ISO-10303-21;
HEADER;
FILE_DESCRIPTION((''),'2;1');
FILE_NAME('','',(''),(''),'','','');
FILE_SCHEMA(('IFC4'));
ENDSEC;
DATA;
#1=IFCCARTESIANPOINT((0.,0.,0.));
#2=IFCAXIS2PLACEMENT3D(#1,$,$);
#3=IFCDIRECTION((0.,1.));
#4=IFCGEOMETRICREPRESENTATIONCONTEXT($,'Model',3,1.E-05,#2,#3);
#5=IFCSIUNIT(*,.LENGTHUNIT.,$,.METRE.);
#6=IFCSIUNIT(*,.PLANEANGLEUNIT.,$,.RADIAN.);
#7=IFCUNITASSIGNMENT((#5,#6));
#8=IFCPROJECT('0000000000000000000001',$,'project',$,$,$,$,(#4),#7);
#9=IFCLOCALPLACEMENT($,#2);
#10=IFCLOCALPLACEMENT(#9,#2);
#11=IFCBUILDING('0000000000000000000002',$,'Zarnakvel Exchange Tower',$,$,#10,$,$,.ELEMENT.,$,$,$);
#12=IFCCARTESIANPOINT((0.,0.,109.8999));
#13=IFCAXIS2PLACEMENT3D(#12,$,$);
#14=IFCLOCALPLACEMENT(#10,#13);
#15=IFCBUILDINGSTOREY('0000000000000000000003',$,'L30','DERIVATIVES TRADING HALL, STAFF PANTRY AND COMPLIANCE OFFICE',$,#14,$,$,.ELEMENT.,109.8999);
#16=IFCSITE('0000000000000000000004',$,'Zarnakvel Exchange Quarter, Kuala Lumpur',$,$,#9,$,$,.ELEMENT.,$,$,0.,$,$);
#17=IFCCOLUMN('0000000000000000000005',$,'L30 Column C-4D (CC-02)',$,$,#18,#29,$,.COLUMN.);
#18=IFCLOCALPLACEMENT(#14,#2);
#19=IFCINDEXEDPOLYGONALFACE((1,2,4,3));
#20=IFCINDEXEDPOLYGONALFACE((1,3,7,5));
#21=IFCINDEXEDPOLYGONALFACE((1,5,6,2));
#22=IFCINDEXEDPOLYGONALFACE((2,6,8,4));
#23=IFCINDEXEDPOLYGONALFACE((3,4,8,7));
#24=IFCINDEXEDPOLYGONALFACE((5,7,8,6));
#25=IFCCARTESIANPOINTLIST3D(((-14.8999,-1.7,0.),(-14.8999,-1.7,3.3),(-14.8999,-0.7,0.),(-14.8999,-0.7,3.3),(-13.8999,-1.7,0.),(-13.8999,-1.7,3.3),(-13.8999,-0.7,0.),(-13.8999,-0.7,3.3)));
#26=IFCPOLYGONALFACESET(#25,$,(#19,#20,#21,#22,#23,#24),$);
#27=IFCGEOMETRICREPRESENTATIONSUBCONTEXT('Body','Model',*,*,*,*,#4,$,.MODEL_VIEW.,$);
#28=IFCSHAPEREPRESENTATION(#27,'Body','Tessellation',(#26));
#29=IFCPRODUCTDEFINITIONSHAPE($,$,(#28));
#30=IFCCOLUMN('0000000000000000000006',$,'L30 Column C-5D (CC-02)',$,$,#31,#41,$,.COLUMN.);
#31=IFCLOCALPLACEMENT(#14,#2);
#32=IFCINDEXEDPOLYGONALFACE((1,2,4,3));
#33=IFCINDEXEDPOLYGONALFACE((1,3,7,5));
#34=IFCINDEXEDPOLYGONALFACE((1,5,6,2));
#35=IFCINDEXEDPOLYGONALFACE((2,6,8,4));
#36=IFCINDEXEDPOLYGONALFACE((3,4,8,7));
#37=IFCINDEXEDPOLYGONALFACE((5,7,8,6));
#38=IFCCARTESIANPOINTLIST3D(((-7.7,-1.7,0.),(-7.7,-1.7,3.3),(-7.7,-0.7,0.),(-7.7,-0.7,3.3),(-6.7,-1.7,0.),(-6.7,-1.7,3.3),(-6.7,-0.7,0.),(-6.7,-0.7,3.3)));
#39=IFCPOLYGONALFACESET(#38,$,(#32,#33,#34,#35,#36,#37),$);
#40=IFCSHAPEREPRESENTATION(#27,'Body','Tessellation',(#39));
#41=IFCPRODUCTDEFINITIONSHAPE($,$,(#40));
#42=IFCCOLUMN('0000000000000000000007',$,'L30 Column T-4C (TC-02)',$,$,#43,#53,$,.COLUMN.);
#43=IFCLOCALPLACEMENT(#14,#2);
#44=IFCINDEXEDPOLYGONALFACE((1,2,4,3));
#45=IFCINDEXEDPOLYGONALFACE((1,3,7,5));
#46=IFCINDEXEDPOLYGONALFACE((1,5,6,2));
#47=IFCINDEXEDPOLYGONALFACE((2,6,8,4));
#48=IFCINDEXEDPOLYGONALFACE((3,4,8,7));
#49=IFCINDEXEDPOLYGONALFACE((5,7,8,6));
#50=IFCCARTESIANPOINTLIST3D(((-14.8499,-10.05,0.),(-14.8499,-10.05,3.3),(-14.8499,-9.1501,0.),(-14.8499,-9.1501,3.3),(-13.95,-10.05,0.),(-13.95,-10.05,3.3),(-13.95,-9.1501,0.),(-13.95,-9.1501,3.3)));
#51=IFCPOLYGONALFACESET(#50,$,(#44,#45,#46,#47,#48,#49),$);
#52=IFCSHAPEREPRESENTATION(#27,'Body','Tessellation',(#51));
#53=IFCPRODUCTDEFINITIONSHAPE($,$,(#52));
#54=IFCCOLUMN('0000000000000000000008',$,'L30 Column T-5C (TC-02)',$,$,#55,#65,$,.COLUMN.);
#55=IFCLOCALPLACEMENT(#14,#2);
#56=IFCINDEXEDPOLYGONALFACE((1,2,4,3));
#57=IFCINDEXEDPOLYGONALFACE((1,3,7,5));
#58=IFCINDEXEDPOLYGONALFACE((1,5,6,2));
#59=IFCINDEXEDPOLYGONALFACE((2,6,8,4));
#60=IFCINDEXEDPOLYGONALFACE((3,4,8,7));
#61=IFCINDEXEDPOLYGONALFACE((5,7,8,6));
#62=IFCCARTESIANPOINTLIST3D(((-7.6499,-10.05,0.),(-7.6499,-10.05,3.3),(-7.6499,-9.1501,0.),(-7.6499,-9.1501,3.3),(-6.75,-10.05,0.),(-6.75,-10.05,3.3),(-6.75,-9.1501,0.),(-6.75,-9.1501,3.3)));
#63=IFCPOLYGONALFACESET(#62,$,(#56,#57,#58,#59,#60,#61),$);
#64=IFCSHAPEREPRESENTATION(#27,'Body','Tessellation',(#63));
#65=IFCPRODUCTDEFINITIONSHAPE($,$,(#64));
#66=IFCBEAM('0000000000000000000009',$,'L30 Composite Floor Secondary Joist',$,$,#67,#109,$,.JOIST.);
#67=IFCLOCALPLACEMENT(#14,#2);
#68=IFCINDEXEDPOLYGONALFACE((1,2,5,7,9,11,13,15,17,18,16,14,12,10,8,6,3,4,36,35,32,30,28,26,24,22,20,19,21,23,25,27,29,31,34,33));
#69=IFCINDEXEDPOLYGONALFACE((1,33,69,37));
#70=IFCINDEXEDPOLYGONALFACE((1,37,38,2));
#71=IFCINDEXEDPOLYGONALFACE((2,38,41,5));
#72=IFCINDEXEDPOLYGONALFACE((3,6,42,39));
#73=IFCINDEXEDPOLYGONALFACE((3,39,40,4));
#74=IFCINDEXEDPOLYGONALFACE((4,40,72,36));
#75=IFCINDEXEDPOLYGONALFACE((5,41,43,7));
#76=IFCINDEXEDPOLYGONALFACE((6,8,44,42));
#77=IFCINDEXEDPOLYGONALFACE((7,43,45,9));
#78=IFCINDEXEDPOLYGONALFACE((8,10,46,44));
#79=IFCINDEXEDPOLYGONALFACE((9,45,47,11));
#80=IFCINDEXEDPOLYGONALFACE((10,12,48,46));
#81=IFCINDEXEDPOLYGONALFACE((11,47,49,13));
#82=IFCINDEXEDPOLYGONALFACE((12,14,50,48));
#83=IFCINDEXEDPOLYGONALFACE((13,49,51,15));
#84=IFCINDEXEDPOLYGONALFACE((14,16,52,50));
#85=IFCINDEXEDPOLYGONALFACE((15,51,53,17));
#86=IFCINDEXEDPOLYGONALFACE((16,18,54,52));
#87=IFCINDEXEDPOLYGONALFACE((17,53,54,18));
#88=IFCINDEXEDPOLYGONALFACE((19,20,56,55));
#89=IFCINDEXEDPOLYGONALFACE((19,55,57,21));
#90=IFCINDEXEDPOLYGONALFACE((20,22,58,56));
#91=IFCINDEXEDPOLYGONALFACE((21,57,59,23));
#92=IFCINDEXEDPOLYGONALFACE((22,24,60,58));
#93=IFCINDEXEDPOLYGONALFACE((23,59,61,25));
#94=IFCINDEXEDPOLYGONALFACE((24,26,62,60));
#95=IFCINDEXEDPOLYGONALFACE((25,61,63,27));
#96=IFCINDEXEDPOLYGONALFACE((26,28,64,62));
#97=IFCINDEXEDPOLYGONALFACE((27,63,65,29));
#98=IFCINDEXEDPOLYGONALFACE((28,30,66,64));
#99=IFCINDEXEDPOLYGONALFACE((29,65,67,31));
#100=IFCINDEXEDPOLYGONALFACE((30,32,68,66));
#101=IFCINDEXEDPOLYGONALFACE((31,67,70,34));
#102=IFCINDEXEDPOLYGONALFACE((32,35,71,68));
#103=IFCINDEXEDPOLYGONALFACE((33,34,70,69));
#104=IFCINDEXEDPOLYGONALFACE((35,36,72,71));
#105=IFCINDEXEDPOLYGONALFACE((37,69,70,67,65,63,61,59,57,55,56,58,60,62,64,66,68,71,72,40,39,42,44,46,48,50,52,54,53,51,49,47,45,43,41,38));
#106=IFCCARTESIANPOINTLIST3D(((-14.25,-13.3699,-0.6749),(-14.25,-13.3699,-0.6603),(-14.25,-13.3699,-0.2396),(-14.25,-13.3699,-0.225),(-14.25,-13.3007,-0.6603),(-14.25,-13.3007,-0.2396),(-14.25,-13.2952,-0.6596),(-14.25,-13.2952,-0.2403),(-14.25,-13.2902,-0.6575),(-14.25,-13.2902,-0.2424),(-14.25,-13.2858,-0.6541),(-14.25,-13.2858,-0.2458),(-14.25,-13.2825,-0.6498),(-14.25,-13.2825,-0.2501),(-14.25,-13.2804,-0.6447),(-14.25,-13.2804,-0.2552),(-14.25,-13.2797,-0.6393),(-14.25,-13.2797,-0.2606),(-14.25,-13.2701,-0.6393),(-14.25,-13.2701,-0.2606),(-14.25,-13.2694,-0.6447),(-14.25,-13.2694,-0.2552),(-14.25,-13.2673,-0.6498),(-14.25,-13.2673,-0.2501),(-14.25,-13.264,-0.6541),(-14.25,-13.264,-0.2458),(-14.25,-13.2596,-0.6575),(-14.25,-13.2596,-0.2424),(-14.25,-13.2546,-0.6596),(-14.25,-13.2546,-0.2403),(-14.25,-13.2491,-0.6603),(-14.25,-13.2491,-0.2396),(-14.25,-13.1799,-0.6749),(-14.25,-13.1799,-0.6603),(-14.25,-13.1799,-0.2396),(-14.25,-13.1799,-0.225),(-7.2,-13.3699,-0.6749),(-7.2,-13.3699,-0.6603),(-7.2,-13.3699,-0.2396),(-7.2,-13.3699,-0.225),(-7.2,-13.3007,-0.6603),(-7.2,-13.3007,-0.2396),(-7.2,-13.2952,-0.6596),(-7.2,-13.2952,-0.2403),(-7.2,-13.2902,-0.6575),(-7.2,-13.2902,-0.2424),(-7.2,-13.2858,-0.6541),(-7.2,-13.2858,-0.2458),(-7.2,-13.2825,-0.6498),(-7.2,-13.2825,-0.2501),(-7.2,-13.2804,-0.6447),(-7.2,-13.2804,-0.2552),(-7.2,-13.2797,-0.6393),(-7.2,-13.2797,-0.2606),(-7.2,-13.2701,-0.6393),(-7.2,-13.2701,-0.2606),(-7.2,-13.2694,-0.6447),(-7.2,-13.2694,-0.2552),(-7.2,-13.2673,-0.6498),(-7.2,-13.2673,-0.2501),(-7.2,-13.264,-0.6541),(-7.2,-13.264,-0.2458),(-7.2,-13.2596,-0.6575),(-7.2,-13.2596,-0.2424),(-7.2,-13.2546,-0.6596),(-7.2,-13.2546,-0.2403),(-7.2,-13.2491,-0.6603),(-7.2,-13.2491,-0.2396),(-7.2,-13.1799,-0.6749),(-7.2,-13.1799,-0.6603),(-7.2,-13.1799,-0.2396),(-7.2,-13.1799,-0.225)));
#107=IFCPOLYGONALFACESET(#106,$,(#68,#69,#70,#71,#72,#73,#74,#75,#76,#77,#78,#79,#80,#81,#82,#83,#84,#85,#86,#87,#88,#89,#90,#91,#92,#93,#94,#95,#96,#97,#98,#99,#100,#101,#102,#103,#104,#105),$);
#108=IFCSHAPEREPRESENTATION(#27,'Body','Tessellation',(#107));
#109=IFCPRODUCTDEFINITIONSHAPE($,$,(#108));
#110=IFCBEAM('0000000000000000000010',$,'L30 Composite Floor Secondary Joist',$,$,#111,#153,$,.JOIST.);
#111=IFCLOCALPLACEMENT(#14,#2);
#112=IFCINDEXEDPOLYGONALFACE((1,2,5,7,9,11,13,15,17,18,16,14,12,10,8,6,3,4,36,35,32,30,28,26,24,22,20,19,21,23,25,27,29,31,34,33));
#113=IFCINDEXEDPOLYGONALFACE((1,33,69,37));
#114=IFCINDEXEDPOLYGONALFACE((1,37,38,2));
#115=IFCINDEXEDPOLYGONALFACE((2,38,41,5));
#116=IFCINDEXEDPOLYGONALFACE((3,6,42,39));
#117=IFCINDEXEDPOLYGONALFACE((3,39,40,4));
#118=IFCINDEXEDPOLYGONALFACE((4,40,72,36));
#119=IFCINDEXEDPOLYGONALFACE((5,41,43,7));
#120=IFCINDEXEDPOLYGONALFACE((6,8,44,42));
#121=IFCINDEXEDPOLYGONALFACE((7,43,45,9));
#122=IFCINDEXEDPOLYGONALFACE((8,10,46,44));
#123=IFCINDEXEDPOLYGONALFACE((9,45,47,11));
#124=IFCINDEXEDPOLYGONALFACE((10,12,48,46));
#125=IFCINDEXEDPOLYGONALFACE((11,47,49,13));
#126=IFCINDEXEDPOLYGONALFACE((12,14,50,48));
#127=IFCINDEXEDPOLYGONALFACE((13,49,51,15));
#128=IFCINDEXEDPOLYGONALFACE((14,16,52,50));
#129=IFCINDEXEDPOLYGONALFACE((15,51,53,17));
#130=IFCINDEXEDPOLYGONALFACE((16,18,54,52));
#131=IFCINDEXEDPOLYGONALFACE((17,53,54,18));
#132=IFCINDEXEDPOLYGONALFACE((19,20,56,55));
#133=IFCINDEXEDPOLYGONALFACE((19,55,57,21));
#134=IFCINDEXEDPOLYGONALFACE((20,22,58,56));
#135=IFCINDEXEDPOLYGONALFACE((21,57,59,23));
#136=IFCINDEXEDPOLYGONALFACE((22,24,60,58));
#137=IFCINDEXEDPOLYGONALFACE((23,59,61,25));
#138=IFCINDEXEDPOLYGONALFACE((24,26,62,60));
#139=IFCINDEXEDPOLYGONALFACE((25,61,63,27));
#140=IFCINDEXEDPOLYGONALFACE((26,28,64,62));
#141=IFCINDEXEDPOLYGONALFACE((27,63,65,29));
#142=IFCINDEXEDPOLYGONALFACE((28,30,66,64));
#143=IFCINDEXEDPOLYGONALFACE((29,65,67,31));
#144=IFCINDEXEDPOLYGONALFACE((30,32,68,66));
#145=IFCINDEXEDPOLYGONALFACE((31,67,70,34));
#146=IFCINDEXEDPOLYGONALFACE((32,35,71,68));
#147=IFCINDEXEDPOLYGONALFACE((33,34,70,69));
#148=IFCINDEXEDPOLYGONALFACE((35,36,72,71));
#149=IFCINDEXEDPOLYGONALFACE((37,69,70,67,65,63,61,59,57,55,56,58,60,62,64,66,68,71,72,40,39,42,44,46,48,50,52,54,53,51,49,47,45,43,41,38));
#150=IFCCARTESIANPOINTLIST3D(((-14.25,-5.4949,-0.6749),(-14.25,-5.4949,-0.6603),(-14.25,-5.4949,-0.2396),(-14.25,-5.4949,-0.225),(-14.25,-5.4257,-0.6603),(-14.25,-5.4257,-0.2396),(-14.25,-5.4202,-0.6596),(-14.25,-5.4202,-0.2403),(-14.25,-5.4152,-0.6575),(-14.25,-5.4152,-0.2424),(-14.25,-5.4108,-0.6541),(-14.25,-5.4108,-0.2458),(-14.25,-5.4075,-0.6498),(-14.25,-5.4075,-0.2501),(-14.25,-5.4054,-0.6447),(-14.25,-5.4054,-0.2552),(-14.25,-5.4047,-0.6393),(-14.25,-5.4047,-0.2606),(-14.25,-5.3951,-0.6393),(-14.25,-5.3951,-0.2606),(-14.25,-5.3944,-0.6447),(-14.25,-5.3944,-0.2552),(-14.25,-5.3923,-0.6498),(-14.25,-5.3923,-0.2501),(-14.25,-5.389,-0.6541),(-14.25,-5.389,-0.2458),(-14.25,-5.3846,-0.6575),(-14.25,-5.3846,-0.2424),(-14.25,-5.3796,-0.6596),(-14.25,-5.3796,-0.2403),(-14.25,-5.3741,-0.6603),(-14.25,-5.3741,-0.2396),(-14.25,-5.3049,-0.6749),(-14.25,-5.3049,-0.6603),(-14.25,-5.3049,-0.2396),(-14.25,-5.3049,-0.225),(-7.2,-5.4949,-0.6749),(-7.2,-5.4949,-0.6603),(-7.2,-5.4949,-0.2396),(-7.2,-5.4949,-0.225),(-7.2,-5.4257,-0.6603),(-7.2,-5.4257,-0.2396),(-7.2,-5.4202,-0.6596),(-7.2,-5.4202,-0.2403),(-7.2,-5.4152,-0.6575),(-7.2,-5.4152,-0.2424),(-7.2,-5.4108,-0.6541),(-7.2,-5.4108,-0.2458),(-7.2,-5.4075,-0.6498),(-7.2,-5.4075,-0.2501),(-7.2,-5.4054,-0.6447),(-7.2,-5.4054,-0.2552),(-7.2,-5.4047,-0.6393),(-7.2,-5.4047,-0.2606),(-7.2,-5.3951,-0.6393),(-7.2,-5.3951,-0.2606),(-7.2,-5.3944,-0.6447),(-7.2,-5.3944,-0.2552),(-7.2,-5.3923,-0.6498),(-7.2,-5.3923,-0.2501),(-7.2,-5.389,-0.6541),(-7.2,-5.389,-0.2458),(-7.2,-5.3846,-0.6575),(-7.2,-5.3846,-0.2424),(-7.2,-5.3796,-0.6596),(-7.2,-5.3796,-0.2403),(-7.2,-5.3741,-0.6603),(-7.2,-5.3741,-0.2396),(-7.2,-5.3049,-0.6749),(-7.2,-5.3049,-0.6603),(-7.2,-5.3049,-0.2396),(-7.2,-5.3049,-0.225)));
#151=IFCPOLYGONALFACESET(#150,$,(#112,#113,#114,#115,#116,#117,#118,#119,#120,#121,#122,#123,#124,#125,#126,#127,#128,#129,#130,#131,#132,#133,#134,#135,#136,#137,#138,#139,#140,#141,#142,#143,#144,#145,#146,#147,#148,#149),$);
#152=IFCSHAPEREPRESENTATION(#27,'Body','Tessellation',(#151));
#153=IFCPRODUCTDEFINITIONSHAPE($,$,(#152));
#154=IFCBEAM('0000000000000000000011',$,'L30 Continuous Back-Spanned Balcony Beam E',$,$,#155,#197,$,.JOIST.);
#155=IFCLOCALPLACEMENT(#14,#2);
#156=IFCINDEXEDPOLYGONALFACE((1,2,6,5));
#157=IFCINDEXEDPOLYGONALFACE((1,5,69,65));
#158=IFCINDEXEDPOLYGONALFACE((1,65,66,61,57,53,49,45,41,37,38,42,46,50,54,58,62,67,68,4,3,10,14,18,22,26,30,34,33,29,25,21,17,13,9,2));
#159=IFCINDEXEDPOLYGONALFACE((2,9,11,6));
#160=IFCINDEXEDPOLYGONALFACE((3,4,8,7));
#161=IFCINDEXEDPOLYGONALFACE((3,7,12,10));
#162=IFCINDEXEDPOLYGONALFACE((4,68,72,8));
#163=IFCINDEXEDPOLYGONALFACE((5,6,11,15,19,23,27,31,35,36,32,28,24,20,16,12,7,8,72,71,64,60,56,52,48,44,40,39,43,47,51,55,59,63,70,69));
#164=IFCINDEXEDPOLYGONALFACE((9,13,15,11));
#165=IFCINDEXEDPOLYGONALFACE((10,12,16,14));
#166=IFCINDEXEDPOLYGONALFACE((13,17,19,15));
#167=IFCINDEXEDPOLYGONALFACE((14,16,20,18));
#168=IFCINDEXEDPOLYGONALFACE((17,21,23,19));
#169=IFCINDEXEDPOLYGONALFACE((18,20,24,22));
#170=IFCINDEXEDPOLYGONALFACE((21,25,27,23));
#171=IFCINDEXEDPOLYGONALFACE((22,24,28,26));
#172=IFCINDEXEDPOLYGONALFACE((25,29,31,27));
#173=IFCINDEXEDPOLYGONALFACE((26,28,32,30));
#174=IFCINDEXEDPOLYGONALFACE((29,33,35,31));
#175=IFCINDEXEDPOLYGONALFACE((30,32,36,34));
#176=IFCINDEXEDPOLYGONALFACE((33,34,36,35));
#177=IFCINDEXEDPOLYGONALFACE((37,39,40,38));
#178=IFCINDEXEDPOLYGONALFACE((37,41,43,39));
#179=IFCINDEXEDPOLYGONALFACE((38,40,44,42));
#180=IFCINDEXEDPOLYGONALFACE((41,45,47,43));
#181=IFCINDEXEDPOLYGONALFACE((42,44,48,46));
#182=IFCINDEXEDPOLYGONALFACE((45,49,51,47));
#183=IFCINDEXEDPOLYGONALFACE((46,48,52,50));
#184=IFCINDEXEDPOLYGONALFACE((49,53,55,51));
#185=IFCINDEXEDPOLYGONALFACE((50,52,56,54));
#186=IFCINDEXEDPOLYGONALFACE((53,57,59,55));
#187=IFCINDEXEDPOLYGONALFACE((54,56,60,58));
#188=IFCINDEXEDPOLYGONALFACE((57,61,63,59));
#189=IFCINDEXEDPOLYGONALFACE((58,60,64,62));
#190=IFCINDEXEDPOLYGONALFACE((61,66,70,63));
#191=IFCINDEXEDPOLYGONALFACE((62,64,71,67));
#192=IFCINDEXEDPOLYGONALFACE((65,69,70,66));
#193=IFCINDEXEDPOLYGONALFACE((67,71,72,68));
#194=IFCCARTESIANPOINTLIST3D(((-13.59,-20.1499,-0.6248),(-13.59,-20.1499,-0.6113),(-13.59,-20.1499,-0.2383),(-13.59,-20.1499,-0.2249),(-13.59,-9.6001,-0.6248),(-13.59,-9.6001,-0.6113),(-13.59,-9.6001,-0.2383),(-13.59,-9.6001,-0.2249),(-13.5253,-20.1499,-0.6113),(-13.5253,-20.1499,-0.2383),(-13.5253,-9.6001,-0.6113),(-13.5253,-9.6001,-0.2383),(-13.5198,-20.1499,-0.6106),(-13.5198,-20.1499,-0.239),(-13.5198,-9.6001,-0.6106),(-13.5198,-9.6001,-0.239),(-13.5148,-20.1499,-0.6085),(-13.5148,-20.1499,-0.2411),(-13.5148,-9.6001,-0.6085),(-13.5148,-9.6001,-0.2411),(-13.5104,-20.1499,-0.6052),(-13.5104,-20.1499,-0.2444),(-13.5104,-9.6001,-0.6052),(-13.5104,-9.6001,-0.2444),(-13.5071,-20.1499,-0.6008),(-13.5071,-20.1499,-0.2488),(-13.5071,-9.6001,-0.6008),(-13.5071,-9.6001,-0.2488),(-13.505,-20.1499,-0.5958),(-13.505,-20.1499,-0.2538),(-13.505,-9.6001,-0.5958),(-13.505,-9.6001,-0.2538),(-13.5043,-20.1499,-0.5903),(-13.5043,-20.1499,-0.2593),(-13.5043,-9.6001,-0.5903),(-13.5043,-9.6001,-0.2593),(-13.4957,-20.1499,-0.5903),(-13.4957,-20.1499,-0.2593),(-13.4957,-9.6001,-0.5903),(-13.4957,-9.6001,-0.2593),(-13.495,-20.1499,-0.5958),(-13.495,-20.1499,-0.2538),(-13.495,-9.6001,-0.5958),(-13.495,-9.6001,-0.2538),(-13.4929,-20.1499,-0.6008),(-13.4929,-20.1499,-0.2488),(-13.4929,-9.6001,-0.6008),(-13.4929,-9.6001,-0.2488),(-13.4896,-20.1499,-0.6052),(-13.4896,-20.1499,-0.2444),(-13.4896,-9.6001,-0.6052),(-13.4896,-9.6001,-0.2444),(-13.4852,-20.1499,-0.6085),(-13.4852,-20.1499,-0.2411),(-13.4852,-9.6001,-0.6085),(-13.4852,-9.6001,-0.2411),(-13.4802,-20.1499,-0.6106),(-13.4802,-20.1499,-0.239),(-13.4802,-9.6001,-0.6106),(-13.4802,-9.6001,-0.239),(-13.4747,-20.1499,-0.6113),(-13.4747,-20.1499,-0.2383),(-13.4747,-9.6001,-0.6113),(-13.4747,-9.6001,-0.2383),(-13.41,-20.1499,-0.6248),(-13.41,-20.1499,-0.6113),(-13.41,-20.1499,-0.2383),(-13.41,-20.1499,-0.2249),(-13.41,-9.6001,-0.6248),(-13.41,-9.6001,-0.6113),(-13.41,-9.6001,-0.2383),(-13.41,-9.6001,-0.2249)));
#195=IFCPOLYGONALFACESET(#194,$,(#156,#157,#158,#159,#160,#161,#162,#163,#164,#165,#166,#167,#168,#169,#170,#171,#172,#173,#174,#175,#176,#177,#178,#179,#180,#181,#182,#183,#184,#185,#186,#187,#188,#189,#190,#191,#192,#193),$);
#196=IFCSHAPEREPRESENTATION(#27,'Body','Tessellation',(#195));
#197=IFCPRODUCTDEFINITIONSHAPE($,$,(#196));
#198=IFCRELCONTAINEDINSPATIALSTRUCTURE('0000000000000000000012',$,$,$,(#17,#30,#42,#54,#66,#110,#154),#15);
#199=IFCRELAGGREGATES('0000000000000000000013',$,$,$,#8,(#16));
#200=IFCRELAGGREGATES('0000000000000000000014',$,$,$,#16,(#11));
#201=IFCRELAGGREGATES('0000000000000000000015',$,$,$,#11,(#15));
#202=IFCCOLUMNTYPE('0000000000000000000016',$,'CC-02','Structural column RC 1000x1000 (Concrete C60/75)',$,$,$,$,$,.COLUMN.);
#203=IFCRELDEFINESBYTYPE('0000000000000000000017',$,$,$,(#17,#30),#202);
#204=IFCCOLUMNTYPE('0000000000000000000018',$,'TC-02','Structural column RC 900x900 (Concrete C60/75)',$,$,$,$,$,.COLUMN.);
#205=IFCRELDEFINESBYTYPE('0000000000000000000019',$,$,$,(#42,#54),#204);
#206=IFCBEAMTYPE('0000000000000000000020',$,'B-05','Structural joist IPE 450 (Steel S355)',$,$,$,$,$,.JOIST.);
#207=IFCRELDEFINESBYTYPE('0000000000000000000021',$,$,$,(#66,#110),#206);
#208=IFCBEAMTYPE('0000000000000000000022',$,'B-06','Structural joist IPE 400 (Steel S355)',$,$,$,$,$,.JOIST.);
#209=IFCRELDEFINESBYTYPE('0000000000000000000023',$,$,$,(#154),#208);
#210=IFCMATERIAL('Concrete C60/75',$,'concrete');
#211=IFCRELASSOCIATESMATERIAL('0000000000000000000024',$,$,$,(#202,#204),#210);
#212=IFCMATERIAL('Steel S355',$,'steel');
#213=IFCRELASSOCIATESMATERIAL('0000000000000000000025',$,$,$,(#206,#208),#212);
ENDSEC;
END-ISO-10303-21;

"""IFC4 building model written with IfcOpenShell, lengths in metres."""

from ifc_helpers import new_model, si_unit, direction, frame, origin, origin_2d, place, context, subcontext, project, spatial, rectangle, i_section, extrude, material, material_profile, profile_set, type_object, element, save


model = new_model("IFC4")

# Units and contexts
model_context = context("Model", 3, precision=1e-05, world=origin(), true_north=direction((0.0, 1.0)))
body_context = subcontext(model_context, "Body", "Model", "MODEL_VIEW")
ifc_project = project(units=[si_unit("LENGTHUNIT", "METRE"), si_unit("PLANEANGLEUNIT", "RADIAN")], contexts=[model_context])

# Site, building, storey
site_placement = place(None, origin())
site = spatial("IfcSite", under=ifc_project, at=site_placement, Name="Zarnakvel Exchange Quarter, Kuala Lumpur", CompositionType="ELEMENT", RefElevation=0.0)
building_placement = place(site_placement, origin())
building = spatial("IfcBuilding", under=site, at=building_placement, Name="Zarnakvel Exchange Tower", CompositionType="ELEMENT")
storey_placement = place(building_placement, frame((0.0, 0.0, 109.8999)))
storey = spatial("IfcBuildingStorey", under=building, at=storey_placement, Name="L30", Description="DERIVATIVES TRADING HALL, STAFF PANTRY AND COMPLIANCE OFFICE", CompositionType="ELEMENT", Elevation=109.8999)

# Columns
ifc_material_1 = material(Name="Concrete C60/75", Category="concrete")
ifc_material_profile_1 = material_profile(ifc_material_1, rectangle(XDim=1.0, YDim=1.0, at=origin_2d()))
ifc_profile_set_1 = profile_set([ifc_material_profile_1], Name="Concrete C60/75")
column_type_1 = type_object("IfcColumnType", Name="CC-02", Description="Structural column RC 1000x1000 (Concrete C60/75)", PredefinedType="COLUMN", material=ifc_profile_set_1)
for number, where, z_axis, x_axis, name in (
    (1, (-14.3999, -1.2, 0.0), (0.0, 0.0, 1.0), (1.0, 0.0, 0.0), "L30 Column C-4D (CC-02)"),
    (2, (-7.2, -1.2, 0.0), (0.0, 0.0, 1.0), (1.0, 0.0, 0.0), "L30 Column C-5D (CC-02)"),
):
    element("IfcColumn", number, at=place(storey_placement, frame(where, z_axis=z_axis, x_axis=x_axis)), inside=storey, type_object=column_type_1, Name=name, PredefinedType="COLUMN", context=body_context, shape_type="SweptSolid", body=[
        extrude(rectangle(XDim=1.0, YDim=1.0, at=origin_2d()), origin(), (0.0, 0.0, 1.0), 3.3),
    ])
ifc_material_profile_2 = material_profile(ifc_material_1, rectangle(XDim=0.8999, YDim=0.8999, at=origin_2d()))
ifc_profile_set_2 = profile_set([ifc_material_profile_2], Name="Concrete C60/75")
column_type_2 = type_object("IfcColumnType", Name="TC-02", Description="Structural column RC 900x900 (Concrete C60/75)", PredefinedType="COLUMN", material=ifc_profile_set_2)
for number, where, z_axis, x_axis, name in (
    (3, (-14.3999, -9.6001, 0.0), (0.0, 0.0, 1.0), (1.0, 0.0, 0.0), "L30 Column T-4C (TC-02)"),
    (4, (-7.2, -9.6001, 0.0), (0.0, 0.0, 1.0), (1.0, 0.0, 0.0), "L30 Column T-5C (TC-02)"),
):
    element("IfcColumn", number, at=place(storey_placement, frame(where, z_axis=z_axis, x_axis=x_axis)), inside=storey, type_object=column_type_2, Name=name, PredefinedType="COLUMN", context=body_context, shape_type="SweptSolid", body=[
        extrude(rectangle(XDim=0.8999, YDim=0.8999, at=origin_2d()), origin(), (0.0, 0.0, 1.0), 3.3),
    ])

# Beams
ifc_material_2 = material(Name="Steel S355", Category="steel")
ifc_material_profile_3 = material_profile(ifc_material_2, i_section(OverallWidth=0.1899, OverallDepth=0.45, WebThickness=0.0095, FlangeThickness=0.0146, FilletRadius=0.021, at=origin_2d()))
ifc_profile_set_3 = profile_set([ifc_material_profile_3], Name="Steel S355")
beam_type_1 = type_object("IfcBeamType", Name="B-05", Description="Structural joist IPE 450 (Steel S355)", PredefinedType="JOIST", material=ifc_profile_set_3)
for number, where, z_axis, x_axis, name in (
    (5, (-14.25, -13.2749, -0.45), (1.0, 0.0, 0.0), (0.0, 1.0, 0.0), "L30 Composite Floor Secondary Joist"),
    (6, (-14.25, -5.3999, -0.45), (1.0, 0.0, 0.0), (0.0, 1.0, 0.0), "L30 Composite Floor Secondary Joist"),
):
    element("IfcBeam", number, at=place(storey_placement, frame(where, z_axis=z_axis, x_axis=x_axis)), inside=storey, type_object=beam_type_1, Name=name, PredefinedType="JOIST", context=body_context, shape_type="SweptSolid", body=[
        extrude(i_section(OverallWidth=0.1899, OverallDepth=0.45, WebThickness=0.0095, FlangeThickness=0.0146, FilletRadius=0.021, at=origin_2d()), origin(), (0.0, 0.0, 1.0), 7.05),
    ])
ifc_material_profile_4 = material_profile(ifc_material_2, i_section(OverallWidth=0.1799, OverallDepth=0.3999, WebThickness=0.0085, FlangeThickness=0.0134, FilletRadius=0.021, at=origin_2d()))
ifc_profile_set_4 = profile_set([ifc_material_profile_4], Name="Steel S355")
beam_type_2 = type_object("IfcBeamType", Name="B-06", Description="Structural joist IPE 400 (Steel S355)", PredefinedType="JOIST", material=ifc_profile_set_4)
beam_1_placement = place(storey_placement, frame((-13.5, -9.6001, -0.4248), z_axis=(0.0, -1.0, 0.0), x_axis=(1.0, 0.0, 0.0)))
element("IfcBeam", 7, at=beam_1_placement, inside=storey, type_object=beam_type_2, Name="L30 Continuous Back-Spanned Balcony Beam E", PredefinedType="JOIST", context=body_context, shape_type="SweptSolid", body=[
    extrude(i_section(OverallWidth=0.1799, OverallDepth=0.3999, WebThickness=0.0085, FlangeThickness=0.0134, FilletRadius=0.021, at=origin_2d()), origin(), (0.0, 0.0, 1.0), 10.5498),
])

save(model, "model.ifc")
